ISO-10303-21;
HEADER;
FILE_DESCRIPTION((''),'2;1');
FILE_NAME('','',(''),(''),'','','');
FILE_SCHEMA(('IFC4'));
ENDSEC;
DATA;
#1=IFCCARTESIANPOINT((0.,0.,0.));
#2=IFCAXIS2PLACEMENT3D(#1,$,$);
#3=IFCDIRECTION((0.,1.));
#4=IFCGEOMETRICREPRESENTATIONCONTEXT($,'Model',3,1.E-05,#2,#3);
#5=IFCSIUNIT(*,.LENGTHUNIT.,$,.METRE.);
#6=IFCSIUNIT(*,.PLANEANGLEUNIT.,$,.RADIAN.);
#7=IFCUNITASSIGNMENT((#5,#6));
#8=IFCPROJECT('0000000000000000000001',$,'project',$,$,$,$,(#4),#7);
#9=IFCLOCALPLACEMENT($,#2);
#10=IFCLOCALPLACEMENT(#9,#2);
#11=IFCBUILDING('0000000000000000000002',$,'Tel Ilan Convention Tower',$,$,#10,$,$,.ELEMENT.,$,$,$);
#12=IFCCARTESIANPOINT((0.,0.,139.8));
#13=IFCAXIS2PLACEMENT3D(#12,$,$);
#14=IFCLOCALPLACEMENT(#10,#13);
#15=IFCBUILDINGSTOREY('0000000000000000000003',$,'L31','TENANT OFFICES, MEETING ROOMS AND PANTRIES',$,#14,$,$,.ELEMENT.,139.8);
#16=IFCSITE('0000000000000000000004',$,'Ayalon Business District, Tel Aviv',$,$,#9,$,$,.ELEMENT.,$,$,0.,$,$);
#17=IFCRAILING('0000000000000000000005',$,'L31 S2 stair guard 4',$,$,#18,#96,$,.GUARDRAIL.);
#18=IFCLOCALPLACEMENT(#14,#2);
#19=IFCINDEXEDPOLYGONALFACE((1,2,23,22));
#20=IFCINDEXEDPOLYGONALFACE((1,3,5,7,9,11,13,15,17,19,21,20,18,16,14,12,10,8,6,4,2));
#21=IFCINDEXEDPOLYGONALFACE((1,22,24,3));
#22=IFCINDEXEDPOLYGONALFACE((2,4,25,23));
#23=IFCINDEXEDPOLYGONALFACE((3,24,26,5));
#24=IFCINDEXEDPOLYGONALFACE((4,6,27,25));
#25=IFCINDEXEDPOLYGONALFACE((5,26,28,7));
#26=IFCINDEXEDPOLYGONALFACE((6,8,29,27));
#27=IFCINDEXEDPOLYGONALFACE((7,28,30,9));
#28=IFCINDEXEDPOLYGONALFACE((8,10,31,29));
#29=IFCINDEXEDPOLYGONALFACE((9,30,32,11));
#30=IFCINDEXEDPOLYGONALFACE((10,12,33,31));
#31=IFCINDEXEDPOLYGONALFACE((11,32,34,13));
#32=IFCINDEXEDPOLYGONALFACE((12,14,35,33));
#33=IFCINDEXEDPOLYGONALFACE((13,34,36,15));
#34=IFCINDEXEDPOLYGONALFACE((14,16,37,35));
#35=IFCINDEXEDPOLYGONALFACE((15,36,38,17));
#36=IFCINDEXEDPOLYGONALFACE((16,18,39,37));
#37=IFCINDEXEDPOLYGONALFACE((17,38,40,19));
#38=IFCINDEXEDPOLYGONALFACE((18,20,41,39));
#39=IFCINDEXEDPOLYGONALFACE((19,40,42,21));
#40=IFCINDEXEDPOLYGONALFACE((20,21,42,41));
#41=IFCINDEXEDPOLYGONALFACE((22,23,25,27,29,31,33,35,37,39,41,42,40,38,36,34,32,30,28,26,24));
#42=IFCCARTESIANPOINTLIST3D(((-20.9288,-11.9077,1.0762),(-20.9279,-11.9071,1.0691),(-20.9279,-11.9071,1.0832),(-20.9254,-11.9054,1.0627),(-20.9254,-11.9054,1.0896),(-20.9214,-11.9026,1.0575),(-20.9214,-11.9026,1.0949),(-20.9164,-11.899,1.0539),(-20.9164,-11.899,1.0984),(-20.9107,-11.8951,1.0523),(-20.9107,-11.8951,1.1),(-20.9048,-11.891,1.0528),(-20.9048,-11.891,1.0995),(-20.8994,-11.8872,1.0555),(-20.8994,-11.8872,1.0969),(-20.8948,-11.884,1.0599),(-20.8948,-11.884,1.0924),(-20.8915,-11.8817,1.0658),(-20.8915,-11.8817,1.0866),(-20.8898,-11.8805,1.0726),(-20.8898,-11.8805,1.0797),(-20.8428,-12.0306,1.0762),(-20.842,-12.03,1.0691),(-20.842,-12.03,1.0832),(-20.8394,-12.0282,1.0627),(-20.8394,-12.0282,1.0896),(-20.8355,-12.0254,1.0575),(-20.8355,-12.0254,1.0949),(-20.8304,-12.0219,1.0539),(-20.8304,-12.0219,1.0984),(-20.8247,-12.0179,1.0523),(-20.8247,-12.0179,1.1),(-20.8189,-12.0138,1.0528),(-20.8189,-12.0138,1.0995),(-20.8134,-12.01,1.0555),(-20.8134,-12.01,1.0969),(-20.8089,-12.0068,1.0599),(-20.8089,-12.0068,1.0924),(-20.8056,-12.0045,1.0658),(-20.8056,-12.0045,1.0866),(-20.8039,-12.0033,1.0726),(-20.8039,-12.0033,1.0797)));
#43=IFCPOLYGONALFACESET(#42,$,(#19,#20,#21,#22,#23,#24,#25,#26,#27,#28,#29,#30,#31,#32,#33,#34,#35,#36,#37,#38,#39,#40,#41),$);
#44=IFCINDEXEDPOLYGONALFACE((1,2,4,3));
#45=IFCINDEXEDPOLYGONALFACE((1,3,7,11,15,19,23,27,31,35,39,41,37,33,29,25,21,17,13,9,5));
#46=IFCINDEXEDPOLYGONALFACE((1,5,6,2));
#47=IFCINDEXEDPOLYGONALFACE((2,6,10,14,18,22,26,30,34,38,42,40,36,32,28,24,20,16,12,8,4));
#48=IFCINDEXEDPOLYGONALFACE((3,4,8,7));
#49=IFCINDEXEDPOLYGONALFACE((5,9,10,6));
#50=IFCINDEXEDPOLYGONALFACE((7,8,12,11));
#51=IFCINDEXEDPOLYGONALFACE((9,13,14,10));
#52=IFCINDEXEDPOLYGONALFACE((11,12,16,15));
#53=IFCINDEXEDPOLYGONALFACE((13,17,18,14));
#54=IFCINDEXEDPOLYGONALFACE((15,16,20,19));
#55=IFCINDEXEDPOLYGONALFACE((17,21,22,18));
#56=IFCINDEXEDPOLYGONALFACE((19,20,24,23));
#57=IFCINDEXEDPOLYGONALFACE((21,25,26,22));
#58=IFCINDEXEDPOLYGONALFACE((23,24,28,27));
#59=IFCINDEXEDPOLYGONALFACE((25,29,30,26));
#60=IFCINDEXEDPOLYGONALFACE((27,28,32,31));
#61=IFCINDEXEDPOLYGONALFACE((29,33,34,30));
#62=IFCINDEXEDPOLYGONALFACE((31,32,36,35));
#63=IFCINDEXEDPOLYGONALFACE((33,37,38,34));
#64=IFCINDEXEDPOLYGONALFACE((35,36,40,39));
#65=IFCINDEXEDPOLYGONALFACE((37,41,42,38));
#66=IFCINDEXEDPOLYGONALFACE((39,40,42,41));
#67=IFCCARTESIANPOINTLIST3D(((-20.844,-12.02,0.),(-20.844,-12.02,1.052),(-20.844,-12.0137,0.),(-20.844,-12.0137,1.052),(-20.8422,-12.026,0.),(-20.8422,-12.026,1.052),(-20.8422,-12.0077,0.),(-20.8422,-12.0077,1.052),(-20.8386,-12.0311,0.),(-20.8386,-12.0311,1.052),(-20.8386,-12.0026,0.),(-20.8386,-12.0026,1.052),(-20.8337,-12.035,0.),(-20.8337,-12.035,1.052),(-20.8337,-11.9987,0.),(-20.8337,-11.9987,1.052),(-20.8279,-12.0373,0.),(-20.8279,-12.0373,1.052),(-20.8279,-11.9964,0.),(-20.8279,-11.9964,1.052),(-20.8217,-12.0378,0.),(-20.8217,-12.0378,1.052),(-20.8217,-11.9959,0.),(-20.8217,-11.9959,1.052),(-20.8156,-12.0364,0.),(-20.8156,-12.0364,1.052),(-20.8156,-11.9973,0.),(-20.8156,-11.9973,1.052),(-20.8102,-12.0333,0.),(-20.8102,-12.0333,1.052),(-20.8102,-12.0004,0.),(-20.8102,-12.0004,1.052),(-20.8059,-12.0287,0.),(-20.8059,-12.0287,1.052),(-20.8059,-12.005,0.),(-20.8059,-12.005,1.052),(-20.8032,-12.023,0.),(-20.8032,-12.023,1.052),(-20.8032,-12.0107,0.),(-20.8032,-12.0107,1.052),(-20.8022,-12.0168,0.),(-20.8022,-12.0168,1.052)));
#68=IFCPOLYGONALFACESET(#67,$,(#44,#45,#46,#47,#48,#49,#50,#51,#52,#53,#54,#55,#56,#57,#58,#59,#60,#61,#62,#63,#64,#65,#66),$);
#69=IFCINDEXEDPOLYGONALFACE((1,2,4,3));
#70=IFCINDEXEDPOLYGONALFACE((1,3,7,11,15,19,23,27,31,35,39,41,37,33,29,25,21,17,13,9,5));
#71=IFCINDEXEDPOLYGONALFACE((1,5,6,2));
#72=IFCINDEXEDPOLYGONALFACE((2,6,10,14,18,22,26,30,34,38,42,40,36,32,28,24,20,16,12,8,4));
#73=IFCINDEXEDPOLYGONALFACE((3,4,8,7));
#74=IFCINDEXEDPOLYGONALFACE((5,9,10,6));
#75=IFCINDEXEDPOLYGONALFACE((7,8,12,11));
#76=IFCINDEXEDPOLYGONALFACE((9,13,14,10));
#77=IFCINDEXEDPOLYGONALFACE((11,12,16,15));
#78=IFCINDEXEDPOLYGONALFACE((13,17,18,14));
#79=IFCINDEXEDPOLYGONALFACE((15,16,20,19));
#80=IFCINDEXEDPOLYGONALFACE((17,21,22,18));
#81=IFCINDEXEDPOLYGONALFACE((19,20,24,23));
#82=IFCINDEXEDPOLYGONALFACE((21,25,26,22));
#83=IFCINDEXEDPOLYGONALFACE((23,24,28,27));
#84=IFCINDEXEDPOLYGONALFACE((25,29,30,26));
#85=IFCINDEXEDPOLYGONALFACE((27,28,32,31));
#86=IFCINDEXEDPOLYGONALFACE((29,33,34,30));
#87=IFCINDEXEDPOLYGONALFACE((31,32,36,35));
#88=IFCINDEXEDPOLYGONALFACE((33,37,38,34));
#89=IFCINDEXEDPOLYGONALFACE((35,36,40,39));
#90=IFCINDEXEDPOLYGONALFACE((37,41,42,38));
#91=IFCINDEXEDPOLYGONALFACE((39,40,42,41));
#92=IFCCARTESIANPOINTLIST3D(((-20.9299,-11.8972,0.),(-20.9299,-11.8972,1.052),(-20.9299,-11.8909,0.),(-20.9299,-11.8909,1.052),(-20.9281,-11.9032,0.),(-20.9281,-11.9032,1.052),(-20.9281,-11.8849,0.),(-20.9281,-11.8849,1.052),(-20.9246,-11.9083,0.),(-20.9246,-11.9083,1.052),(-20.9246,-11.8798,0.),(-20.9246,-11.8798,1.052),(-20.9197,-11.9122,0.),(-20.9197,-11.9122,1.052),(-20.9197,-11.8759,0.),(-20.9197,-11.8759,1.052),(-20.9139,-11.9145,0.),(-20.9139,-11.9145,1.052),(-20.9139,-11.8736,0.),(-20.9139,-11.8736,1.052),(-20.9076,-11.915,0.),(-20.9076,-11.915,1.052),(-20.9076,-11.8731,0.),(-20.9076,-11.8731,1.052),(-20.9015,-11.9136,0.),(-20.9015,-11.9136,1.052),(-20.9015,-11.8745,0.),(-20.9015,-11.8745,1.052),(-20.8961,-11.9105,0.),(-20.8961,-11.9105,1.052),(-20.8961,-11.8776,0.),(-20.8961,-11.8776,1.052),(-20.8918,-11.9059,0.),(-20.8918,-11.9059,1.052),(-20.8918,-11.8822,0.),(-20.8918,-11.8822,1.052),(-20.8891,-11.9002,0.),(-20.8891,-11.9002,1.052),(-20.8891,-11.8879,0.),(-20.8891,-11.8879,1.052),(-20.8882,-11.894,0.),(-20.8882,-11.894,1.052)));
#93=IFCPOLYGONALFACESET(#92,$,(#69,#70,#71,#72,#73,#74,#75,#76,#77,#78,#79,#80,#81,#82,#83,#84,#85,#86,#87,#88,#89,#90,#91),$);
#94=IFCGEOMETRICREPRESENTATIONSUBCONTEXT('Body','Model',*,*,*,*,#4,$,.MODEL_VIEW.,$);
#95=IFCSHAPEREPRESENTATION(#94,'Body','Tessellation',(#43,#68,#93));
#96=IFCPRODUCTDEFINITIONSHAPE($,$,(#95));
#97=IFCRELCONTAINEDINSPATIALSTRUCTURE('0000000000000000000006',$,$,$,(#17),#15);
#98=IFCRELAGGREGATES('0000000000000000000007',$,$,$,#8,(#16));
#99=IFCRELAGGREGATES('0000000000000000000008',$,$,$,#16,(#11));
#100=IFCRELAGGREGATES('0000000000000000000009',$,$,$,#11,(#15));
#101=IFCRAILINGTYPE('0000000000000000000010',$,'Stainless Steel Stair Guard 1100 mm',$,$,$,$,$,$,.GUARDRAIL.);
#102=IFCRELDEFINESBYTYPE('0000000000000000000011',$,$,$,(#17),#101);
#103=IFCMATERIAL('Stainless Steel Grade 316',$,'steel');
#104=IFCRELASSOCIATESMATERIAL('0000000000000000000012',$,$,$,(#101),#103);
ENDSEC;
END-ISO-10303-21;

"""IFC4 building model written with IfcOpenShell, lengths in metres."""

from ifc_helpers import new_model, si_unit, direction, frame, origin, origin_2d, place, context, subcontext, project, spatial, circle, extrude, material, type_object, element, save


model = new_model("IFC4")

# Units and contexts
model_context = context("Model", 3, precision=1e-05, world=origin(), true_north=direction((0.0, 1.0)))
body_context = subcontext(model_context, "Body", "Model", "MODEL_VIEW")
ifc_project = project(units=[si_unit("LENGTHUNIT", "METRE"), si_unit("PLANEANGLEUNIT", "RADIAN")], contexts=[model_context])

# Site, building, storey
site_placement = place(None, origin())
site = spatial("IfcSite", under=ifc_project, at=site_placement, Name="Ayalon Business District, Tel Aviv", CompositionType="ELEMENT", RefElevation=0.0)
building_placement = place(site_placement, origin())
building = spatial("IfcBuilding", under=site, at=building_placement, Name="Tel Ilan Convention Tower", CompositionType="ELEMENT")
storey_placement = place(building_placement, frame((0.0, 0.0, 139.8)))
storey = spatial("IfcBuildingStorey", under=building, at=storey_placement, Name="L31", Description="TENANT OFFICES, MEETING ROOMS AND PANTRIES", CompositionType="ELEMENT", Elevation=139.8)

# Railing
ifc_material_1 = material(Name="Stainless Steel Grade 316", Category="steel")
railing_type_1 = type_object("IfcRailingType", Name="Stainless Steel Stair Guard 1100 mm", PredefinedType="GUARDRAIL", material=ifc_material_1)
railing_1_placement = place(storey_placement, frame((-20.8232, -12.0168, 0.0)))
element("IfcRailing", 1, at=railing_1_placement, inside=storey, type_object=railing_type_1, Name="L31 S2 stair guard 4", PredefinedType="GUARDRAIL", context=body_context, shape_type="SweptSolid", body=[
    extrude(circle(Radius=0.0239, at=origin_2d()), frame((0.0, 0.0, 1.0762), z_axis=(-0.573353, 0.819308, 0.0), x_axis=(-0.819308, -0.573353, 0.0)), (0.0, 0.0, 1.0), 0.1499),
    extrude(circle(Radius=0.021, at=origin_2d()), origin(), (0.0, 0.0, 1.0), 1.052),
    extrude(circle(Radius=0.021, at=origin_2d()), frame((-0.0859, 0.1228, 0.0)), (0.0, 0.0, 1.0), 1.052),
])

save(model, "model.ifc")
